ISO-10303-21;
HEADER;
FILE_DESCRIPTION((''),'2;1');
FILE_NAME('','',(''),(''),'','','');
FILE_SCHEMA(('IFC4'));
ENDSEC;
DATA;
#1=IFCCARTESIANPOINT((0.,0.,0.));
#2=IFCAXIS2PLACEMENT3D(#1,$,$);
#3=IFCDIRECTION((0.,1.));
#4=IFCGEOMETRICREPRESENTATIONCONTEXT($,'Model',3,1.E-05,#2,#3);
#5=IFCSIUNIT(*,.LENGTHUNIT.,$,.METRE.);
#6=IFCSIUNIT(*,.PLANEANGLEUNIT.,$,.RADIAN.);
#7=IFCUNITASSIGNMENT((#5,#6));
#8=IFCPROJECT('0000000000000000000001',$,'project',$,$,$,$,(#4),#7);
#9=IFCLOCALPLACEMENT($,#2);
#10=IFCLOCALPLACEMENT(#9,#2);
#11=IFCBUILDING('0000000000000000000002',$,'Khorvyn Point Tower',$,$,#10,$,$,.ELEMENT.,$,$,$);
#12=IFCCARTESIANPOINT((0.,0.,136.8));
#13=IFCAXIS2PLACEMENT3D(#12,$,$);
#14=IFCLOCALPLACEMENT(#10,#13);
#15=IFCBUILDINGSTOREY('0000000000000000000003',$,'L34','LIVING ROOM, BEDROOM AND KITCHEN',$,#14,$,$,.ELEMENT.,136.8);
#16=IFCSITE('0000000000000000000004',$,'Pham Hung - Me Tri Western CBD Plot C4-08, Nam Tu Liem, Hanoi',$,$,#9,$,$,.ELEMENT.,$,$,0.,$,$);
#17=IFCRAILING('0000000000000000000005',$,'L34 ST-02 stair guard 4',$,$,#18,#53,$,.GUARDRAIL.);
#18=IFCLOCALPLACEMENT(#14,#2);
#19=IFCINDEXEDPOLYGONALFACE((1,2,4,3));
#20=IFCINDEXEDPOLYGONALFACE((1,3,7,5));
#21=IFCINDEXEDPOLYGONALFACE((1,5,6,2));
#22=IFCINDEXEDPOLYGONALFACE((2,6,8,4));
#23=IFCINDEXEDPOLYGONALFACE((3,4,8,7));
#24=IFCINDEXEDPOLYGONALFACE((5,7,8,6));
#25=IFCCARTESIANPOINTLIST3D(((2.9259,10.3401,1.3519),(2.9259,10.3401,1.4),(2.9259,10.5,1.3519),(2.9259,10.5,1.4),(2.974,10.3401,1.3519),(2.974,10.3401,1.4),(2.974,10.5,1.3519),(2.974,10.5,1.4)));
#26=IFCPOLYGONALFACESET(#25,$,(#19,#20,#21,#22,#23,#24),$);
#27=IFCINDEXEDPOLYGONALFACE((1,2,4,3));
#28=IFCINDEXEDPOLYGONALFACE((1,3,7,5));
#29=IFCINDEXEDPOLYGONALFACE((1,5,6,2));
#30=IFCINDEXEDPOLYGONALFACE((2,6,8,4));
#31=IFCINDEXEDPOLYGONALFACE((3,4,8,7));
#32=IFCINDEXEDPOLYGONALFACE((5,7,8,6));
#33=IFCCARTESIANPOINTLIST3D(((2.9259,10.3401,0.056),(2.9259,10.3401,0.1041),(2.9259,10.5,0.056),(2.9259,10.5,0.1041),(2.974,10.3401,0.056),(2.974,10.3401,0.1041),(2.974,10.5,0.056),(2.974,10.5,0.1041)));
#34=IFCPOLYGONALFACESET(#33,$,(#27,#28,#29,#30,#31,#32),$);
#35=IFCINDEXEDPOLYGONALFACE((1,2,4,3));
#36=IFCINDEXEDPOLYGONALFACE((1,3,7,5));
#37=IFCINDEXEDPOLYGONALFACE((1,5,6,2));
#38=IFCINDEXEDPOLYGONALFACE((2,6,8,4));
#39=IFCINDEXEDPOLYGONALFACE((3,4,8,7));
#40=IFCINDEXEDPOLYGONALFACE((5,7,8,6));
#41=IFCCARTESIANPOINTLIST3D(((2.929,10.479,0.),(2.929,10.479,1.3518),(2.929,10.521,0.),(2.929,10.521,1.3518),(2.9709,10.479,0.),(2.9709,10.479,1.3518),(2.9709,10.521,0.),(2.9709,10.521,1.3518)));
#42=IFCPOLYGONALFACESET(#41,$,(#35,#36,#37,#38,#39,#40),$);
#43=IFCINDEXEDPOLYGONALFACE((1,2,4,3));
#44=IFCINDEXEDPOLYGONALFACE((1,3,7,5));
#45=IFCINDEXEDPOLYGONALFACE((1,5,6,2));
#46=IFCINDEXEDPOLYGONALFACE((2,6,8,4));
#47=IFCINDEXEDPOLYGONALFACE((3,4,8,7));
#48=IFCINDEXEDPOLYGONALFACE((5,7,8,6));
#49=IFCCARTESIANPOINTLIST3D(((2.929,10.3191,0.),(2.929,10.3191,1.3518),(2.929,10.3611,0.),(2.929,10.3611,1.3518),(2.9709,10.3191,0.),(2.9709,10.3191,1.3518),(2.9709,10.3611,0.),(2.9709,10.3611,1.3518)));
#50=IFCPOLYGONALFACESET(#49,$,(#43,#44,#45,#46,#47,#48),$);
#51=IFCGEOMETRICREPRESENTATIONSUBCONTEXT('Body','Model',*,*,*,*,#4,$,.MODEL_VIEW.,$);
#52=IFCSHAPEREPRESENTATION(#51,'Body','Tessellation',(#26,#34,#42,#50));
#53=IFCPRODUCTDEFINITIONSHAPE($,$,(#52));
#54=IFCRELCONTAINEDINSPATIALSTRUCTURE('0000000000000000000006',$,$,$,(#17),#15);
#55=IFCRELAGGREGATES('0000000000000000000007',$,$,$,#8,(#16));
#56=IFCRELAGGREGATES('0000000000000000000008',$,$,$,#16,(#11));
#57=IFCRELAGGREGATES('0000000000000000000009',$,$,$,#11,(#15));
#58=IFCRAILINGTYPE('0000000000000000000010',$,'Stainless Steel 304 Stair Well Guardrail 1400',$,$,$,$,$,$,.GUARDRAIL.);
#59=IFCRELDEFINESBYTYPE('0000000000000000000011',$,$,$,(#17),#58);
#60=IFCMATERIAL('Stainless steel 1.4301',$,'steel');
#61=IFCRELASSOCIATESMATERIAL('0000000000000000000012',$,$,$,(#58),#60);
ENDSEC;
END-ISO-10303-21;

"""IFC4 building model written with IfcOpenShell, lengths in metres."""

from ifc_helpers import new_model, si_unit, direction, frame, origin, origin_2d, place, context, subcontext, project, spatial, rectangle, extrude, material, type_object, element, save


model = new_model("IFC4")

# Units and contexts
model_context = context("Model", 3, precision=1e-05, world=origin(), true_north=direction((0.0, 1.0)))
body_context = subcontext(model_context, "Body", "Model", "MODEL_VIEW")
ifc_project = project(units=[si_unit("LENGTHUNIT", "METRE"), si_unit("PLANEANGLEUNIT", "RADIAN")], contexts=[model_context])

# Site, building, storey
site_placement = place(None, origin())
site = spatial("IfcSite", under=ifc_project, at=site_placement, Name="Pham Hung - Me Tri Western CBD Plot C4-08, Nam Tu Liem, Hanoi", CompositionType="ELEMENT", RefElevation=0.0)
building_placement = place(site_placement, origin())
building = spatial("IfcBuilding", under=site, at=building_placement, Name="Khorvyn Point Tower", CompositionType="ELEMENT")
storey_placement = place(building_placement, frame((0.0, 0.0, 136.8)))
storey = spatial("IfcBuildingStorey", under=building, at=storey_placement, Name="L34", Description="LIVING ROOM, BEDROOM AND KITCHEN", CompositionType="ELEMENT", Elevation=136.8)

# Shared definitions
ifc_material_1 = material(Name="Stainless steel 1.4301", Category="steel")

# Railing
railing_type_1 = type_object("IfcRailingType", Name="Stainless Steel 304 Stair Well Guardrail 1400", PredefinedType="GUARDRAIL", material=ifc_material_1)
railing_1_placement = place(storey_placement, frame((2.95, 10.5, 0.0)))
element("IfcRailing", 1, at=railing_1_placement, inside=storey, type_object=railing_type_1, Name="L34 ST-02 stair guard 4", PredefinedType="GUARDRAIL", context=body_context, shape_type="SweptSolid", body=[
    extrude(rectangle(XDim=0.0481, YDim=0.0481, at=origin_2d()), frame((0.0, 0.0, 1.376), z_axis=(0.0, -1.0, 0.0), x_axis=(1.0, 0.0, 0.0)), (0.0, 0.0, 1.0), 0.1599),
    extrude(rectangle(XDim=0.0481, YDim=0.0481, at=origin_2d()), frame((0.0, 0.0, 0.0801), z_axis=(0.0, -1.0, 0.0), x_axis=(1.0, 0.0, 0.0)), (0.0, 0.0, 1.0), 0.1599),
    extrude(rectangle(XDim=0.042, YDim=0.042, at=origin_2d()), origin(), (0.0, 0.0, 1.0), 1.3518),
    extrude(rectangle(XDim=0.042, YDim=0.042, at=origin_2d()), frame((0.0, -0.1599, 0.0)), (0.0, 0.0, 1.0), 1.3518),
])

save(model, "model.ifc")
